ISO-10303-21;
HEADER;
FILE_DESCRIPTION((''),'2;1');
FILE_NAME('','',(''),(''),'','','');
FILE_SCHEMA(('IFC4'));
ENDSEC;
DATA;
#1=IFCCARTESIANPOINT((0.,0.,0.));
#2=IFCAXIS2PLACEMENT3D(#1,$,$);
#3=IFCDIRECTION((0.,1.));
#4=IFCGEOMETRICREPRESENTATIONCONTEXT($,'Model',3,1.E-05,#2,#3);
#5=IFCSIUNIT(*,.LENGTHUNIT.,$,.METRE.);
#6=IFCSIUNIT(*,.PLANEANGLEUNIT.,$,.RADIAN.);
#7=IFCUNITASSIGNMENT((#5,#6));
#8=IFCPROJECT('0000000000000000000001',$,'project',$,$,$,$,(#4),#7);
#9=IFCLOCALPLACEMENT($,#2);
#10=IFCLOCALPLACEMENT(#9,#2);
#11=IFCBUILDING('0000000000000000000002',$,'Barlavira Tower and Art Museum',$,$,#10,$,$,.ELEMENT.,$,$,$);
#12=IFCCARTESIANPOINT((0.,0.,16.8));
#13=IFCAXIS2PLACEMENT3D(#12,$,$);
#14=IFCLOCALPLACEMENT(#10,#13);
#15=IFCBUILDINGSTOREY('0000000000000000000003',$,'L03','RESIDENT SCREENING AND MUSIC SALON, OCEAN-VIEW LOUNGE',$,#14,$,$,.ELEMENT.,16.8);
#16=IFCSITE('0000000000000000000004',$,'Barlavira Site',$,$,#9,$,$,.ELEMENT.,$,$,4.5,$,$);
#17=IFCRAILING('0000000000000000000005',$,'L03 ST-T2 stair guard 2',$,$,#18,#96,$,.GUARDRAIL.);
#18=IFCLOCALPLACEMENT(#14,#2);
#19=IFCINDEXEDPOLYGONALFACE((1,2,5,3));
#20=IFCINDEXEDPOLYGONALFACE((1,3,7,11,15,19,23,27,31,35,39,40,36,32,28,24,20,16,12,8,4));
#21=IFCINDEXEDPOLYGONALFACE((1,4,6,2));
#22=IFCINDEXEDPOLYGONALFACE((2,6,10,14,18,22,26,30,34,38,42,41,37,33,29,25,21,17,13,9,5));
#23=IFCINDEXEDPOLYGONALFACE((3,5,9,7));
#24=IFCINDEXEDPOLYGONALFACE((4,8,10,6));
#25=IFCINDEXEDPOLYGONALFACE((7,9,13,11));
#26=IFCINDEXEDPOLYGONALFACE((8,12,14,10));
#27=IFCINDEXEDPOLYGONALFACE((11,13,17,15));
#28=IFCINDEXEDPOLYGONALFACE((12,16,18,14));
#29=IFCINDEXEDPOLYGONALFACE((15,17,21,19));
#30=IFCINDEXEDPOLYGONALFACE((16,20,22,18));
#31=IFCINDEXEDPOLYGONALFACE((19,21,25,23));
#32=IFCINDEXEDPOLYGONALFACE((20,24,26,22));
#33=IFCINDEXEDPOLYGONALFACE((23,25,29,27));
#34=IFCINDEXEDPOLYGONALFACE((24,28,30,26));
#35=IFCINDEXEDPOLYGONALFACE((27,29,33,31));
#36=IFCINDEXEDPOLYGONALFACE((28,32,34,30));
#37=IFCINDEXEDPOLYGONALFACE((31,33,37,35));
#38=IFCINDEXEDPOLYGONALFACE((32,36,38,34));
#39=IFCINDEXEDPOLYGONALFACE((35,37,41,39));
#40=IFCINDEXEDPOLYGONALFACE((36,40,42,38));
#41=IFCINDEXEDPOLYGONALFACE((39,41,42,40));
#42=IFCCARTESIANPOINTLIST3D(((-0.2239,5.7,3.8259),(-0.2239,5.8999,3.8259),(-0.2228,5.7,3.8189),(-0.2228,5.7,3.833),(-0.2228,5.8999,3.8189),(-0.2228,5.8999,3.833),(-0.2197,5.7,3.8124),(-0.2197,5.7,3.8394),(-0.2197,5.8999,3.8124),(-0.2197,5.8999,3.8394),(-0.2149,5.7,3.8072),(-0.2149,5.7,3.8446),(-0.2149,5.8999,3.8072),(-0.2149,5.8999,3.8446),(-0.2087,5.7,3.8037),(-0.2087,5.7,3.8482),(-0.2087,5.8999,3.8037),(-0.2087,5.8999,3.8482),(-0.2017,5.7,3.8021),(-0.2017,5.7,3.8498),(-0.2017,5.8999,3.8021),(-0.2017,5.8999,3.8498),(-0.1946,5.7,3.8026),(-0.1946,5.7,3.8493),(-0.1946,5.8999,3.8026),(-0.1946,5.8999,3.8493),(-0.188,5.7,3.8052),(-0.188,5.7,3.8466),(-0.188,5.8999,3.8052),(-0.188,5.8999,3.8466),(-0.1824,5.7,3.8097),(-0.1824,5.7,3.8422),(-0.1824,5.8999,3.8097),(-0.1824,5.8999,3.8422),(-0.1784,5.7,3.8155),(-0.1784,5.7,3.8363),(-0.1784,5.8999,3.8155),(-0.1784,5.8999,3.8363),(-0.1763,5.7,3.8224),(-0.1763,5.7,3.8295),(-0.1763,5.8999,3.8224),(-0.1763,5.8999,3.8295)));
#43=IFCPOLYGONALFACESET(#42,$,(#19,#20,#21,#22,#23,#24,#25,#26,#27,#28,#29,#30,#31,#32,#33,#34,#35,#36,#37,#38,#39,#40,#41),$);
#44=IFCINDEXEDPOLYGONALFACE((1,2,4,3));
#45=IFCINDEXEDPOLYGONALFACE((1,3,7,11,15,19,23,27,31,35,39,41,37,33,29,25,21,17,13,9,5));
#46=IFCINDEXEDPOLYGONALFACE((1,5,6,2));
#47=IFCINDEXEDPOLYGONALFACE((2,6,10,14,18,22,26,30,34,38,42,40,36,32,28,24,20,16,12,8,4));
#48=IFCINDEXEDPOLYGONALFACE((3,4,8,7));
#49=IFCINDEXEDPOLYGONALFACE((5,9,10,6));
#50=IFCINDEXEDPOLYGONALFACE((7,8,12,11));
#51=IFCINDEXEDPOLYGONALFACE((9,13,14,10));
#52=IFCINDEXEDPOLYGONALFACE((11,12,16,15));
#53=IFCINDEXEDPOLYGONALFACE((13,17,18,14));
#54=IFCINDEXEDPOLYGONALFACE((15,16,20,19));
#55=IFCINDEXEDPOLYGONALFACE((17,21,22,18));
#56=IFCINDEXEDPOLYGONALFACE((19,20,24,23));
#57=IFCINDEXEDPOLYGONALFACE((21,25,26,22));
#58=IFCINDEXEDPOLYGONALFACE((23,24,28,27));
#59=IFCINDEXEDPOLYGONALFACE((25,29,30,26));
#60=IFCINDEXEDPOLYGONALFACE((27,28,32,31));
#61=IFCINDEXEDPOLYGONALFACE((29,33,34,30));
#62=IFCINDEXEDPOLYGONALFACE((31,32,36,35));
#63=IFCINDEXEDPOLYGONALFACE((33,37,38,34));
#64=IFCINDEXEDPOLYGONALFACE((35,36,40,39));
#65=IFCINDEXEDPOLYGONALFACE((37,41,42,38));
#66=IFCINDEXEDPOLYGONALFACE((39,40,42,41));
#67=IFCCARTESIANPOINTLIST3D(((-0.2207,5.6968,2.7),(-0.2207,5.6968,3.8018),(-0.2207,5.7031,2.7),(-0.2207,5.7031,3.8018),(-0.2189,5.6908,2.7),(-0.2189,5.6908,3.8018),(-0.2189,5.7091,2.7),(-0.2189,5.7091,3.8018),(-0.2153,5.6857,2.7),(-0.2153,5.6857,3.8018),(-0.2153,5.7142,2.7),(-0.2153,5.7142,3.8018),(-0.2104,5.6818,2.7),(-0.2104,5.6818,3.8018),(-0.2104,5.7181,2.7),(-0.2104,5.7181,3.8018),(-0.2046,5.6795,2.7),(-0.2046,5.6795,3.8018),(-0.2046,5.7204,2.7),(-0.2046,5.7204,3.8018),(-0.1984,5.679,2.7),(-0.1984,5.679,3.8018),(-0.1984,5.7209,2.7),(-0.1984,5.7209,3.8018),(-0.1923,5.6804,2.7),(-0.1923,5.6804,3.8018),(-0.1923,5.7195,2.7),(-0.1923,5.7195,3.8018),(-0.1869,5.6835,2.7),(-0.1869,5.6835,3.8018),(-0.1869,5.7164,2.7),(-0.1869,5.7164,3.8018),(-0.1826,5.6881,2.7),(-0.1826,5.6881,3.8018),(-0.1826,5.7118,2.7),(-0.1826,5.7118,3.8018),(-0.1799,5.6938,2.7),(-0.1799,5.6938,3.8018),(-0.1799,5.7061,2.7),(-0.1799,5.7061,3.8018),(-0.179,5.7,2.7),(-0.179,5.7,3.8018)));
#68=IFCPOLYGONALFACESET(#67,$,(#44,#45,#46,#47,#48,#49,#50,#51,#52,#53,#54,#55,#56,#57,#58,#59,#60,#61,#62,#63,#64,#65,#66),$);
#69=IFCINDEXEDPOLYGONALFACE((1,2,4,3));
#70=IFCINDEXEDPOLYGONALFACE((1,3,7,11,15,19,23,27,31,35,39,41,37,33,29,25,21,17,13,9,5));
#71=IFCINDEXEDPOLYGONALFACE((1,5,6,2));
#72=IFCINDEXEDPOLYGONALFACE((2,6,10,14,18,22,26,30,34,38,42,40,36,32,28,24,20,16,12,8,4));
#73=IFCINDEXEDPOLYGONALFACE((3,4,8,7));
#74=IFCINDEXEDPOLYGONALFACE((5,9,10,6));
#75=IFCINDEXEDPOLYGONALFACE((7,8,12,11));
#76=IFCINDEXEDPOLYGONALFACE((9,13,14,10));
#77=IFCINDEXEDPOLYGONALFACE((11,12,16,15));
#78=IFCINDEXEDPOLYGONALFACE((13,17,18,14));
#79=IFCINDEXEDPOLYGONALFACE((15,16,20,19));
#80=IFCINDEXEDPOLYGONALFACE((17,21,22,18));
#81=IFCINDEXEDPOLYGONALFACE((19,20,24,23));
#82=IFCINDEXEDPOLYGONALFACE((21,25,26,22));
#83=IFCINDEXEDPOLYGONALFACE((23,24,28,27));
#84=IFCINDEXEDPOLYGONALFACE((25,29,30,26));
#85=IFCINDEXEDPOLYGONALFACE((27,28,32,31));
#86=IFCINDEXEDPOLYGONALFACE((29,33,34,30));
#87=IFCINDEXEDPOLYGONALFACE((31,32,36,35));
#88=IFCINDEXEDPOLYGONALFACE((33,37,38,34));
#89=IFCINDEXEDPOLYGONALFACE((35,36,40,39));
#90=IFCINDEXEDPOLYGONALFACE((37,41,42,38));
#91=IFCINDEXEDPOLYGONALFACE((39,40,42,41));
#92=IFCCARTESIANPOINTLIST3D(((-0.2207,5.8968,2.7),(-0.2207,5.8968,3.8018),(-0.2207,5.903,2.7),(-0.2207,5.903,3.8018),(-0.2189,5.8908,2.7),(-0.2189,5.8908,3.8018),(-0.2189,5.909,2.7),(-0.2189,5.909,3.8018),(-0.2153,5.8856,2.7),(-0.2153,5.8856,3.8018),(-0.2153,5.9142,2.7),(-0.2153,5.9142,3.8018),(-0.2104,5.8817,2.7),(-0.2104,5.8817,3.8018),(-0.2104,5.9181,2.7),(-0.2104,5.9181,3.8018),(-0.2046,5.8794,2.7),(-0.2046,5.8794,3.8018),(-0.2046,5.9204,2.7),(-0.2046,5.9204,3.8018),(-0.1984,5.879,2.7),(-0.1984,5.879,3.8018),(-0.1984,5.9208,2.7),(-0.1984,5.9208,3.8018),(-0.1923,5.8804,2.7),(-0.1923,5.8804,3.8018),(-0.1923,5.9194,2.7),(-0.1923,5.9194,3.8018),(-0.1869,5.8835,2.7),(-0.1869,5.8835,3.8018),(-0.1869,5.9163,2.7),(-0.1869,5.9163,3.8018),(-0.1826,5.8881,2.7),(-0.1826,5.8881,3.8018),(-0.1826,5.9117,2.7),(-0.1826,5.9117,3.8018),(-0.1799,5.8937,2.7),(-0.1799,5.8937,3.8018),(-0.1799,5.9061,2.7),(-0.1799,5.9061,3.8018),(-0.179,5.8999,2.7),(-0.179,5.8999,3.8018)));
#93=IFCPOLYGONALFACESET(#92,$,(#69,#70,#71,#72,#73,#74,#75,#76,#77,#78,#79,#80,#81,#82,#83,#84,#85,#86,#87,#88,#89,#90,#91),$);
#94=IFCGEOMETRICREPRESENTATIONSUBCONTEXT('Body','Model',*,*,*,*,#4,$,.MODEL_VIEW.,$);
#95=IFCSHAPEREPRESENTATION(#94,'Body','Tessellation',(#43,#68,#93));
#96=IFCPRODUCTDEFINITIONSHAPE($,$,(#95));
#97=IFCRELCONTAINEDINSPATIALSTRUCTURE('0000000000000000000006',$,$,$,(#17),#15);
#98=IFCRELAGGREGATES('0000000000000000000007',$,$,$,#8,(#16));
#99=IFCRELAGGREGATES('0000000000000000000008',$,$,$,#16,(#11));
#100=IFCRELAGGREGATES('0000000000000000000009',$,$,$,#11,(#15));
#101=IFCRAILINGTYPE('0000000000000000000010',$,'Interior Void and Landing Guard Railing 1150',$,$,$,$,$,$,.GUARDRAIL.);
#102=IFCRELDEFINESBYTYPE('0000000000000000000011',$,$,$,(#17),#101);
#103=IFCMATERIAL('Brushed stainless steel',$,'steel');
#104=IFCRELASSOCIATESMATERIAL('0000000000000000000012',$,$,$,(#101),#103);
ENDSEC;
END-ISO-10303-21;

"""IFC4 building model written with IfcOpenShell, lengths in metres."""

from ifc_helpers import new_model, si_unit, direction, frame, origin, origin_2d, place, context, subcontext, project, spatial, circle, extrude, material, type_object, element, save


model = new_model("IFC4")

# Units and contexts
model_context = context("Model", 3, precision=1e-05, world=origin(), true_north=direction((0.0, 1.0)))
body_context = subcontext(model_context, "Body", "Model", "MODEL_VIEW")
ifc_project = project(units=[si_unit("LENGTHUNIT", "METRE"), si_unit("PLANEANGLEUNIT", "RADIAN")], contexts=[model_context])

# Site, building, storey
site_placement = place(None, origin())
site = spatial("IfcSite", under=ifc_project, at=site_placement, Name="Barlavira Site", CompositionType="ELEMENT", RefElevation=4.5)
building_placement = place(site_placement, origin())
building = spatial("IfcBuilding", under=site, at=building_placement, Name="Barlavira Tower and Art Museum", CompositionType="ELEMENT")
storey_placement = place(building_placement, frame((0.0, 0.0, 16.8)))
storey = spatial("IfcBuildingStorey", under=building, at=storey_placement, Name="L03", Description="RESIDENT SCREENING AND MUSIC SALON, OCEAN-VIEW LOUNGE", CompositionType="ELEMENT", Elevation=16.8)

# Shared definitions
ifc_material_1 = material(Name="Brushed stainless steel", Category="steel")

# Railing
railing_type_1 = type_object("IfcRailingType", Name="Interior Void and Landing Guard Railing 1150", PredefinedType="GUARDRAIL", material=ifc_material_1)
railing_1_placement = place(storey_placement, frame((-0.2, 5.7, 2.7)))
element("IfcRailing", 1, at=railing_1_placement, inside=storey, type_object=railing_type_1, Name="L03 ST-T2 stair guard 2", PredefinedType="GUARDRAIL", context=body_context, shape_type="SweptSolid", body=[
    extrude(circle(Radius=0.0239, at=origin_2d()), frame((0.0, 0.0, 1.126), z_axis=(0.0, 1.0, 0.0), x_axis=(-1.0, 0.0, 0.0)), (0.0, 0.0, 1.0), 0.2),
    extrude(circle(Radius=0.021, at=origin_2d()), origin(), (0.0, 0.0, 1.0), 1.1018),
    extrude(circle(Radius=0.021, at=origin_2d()), frame((0.0, 0.2, 0.0)), (0.0, 0.0, 1.0), 1.1018),
])

save(model, "model.ifc")
